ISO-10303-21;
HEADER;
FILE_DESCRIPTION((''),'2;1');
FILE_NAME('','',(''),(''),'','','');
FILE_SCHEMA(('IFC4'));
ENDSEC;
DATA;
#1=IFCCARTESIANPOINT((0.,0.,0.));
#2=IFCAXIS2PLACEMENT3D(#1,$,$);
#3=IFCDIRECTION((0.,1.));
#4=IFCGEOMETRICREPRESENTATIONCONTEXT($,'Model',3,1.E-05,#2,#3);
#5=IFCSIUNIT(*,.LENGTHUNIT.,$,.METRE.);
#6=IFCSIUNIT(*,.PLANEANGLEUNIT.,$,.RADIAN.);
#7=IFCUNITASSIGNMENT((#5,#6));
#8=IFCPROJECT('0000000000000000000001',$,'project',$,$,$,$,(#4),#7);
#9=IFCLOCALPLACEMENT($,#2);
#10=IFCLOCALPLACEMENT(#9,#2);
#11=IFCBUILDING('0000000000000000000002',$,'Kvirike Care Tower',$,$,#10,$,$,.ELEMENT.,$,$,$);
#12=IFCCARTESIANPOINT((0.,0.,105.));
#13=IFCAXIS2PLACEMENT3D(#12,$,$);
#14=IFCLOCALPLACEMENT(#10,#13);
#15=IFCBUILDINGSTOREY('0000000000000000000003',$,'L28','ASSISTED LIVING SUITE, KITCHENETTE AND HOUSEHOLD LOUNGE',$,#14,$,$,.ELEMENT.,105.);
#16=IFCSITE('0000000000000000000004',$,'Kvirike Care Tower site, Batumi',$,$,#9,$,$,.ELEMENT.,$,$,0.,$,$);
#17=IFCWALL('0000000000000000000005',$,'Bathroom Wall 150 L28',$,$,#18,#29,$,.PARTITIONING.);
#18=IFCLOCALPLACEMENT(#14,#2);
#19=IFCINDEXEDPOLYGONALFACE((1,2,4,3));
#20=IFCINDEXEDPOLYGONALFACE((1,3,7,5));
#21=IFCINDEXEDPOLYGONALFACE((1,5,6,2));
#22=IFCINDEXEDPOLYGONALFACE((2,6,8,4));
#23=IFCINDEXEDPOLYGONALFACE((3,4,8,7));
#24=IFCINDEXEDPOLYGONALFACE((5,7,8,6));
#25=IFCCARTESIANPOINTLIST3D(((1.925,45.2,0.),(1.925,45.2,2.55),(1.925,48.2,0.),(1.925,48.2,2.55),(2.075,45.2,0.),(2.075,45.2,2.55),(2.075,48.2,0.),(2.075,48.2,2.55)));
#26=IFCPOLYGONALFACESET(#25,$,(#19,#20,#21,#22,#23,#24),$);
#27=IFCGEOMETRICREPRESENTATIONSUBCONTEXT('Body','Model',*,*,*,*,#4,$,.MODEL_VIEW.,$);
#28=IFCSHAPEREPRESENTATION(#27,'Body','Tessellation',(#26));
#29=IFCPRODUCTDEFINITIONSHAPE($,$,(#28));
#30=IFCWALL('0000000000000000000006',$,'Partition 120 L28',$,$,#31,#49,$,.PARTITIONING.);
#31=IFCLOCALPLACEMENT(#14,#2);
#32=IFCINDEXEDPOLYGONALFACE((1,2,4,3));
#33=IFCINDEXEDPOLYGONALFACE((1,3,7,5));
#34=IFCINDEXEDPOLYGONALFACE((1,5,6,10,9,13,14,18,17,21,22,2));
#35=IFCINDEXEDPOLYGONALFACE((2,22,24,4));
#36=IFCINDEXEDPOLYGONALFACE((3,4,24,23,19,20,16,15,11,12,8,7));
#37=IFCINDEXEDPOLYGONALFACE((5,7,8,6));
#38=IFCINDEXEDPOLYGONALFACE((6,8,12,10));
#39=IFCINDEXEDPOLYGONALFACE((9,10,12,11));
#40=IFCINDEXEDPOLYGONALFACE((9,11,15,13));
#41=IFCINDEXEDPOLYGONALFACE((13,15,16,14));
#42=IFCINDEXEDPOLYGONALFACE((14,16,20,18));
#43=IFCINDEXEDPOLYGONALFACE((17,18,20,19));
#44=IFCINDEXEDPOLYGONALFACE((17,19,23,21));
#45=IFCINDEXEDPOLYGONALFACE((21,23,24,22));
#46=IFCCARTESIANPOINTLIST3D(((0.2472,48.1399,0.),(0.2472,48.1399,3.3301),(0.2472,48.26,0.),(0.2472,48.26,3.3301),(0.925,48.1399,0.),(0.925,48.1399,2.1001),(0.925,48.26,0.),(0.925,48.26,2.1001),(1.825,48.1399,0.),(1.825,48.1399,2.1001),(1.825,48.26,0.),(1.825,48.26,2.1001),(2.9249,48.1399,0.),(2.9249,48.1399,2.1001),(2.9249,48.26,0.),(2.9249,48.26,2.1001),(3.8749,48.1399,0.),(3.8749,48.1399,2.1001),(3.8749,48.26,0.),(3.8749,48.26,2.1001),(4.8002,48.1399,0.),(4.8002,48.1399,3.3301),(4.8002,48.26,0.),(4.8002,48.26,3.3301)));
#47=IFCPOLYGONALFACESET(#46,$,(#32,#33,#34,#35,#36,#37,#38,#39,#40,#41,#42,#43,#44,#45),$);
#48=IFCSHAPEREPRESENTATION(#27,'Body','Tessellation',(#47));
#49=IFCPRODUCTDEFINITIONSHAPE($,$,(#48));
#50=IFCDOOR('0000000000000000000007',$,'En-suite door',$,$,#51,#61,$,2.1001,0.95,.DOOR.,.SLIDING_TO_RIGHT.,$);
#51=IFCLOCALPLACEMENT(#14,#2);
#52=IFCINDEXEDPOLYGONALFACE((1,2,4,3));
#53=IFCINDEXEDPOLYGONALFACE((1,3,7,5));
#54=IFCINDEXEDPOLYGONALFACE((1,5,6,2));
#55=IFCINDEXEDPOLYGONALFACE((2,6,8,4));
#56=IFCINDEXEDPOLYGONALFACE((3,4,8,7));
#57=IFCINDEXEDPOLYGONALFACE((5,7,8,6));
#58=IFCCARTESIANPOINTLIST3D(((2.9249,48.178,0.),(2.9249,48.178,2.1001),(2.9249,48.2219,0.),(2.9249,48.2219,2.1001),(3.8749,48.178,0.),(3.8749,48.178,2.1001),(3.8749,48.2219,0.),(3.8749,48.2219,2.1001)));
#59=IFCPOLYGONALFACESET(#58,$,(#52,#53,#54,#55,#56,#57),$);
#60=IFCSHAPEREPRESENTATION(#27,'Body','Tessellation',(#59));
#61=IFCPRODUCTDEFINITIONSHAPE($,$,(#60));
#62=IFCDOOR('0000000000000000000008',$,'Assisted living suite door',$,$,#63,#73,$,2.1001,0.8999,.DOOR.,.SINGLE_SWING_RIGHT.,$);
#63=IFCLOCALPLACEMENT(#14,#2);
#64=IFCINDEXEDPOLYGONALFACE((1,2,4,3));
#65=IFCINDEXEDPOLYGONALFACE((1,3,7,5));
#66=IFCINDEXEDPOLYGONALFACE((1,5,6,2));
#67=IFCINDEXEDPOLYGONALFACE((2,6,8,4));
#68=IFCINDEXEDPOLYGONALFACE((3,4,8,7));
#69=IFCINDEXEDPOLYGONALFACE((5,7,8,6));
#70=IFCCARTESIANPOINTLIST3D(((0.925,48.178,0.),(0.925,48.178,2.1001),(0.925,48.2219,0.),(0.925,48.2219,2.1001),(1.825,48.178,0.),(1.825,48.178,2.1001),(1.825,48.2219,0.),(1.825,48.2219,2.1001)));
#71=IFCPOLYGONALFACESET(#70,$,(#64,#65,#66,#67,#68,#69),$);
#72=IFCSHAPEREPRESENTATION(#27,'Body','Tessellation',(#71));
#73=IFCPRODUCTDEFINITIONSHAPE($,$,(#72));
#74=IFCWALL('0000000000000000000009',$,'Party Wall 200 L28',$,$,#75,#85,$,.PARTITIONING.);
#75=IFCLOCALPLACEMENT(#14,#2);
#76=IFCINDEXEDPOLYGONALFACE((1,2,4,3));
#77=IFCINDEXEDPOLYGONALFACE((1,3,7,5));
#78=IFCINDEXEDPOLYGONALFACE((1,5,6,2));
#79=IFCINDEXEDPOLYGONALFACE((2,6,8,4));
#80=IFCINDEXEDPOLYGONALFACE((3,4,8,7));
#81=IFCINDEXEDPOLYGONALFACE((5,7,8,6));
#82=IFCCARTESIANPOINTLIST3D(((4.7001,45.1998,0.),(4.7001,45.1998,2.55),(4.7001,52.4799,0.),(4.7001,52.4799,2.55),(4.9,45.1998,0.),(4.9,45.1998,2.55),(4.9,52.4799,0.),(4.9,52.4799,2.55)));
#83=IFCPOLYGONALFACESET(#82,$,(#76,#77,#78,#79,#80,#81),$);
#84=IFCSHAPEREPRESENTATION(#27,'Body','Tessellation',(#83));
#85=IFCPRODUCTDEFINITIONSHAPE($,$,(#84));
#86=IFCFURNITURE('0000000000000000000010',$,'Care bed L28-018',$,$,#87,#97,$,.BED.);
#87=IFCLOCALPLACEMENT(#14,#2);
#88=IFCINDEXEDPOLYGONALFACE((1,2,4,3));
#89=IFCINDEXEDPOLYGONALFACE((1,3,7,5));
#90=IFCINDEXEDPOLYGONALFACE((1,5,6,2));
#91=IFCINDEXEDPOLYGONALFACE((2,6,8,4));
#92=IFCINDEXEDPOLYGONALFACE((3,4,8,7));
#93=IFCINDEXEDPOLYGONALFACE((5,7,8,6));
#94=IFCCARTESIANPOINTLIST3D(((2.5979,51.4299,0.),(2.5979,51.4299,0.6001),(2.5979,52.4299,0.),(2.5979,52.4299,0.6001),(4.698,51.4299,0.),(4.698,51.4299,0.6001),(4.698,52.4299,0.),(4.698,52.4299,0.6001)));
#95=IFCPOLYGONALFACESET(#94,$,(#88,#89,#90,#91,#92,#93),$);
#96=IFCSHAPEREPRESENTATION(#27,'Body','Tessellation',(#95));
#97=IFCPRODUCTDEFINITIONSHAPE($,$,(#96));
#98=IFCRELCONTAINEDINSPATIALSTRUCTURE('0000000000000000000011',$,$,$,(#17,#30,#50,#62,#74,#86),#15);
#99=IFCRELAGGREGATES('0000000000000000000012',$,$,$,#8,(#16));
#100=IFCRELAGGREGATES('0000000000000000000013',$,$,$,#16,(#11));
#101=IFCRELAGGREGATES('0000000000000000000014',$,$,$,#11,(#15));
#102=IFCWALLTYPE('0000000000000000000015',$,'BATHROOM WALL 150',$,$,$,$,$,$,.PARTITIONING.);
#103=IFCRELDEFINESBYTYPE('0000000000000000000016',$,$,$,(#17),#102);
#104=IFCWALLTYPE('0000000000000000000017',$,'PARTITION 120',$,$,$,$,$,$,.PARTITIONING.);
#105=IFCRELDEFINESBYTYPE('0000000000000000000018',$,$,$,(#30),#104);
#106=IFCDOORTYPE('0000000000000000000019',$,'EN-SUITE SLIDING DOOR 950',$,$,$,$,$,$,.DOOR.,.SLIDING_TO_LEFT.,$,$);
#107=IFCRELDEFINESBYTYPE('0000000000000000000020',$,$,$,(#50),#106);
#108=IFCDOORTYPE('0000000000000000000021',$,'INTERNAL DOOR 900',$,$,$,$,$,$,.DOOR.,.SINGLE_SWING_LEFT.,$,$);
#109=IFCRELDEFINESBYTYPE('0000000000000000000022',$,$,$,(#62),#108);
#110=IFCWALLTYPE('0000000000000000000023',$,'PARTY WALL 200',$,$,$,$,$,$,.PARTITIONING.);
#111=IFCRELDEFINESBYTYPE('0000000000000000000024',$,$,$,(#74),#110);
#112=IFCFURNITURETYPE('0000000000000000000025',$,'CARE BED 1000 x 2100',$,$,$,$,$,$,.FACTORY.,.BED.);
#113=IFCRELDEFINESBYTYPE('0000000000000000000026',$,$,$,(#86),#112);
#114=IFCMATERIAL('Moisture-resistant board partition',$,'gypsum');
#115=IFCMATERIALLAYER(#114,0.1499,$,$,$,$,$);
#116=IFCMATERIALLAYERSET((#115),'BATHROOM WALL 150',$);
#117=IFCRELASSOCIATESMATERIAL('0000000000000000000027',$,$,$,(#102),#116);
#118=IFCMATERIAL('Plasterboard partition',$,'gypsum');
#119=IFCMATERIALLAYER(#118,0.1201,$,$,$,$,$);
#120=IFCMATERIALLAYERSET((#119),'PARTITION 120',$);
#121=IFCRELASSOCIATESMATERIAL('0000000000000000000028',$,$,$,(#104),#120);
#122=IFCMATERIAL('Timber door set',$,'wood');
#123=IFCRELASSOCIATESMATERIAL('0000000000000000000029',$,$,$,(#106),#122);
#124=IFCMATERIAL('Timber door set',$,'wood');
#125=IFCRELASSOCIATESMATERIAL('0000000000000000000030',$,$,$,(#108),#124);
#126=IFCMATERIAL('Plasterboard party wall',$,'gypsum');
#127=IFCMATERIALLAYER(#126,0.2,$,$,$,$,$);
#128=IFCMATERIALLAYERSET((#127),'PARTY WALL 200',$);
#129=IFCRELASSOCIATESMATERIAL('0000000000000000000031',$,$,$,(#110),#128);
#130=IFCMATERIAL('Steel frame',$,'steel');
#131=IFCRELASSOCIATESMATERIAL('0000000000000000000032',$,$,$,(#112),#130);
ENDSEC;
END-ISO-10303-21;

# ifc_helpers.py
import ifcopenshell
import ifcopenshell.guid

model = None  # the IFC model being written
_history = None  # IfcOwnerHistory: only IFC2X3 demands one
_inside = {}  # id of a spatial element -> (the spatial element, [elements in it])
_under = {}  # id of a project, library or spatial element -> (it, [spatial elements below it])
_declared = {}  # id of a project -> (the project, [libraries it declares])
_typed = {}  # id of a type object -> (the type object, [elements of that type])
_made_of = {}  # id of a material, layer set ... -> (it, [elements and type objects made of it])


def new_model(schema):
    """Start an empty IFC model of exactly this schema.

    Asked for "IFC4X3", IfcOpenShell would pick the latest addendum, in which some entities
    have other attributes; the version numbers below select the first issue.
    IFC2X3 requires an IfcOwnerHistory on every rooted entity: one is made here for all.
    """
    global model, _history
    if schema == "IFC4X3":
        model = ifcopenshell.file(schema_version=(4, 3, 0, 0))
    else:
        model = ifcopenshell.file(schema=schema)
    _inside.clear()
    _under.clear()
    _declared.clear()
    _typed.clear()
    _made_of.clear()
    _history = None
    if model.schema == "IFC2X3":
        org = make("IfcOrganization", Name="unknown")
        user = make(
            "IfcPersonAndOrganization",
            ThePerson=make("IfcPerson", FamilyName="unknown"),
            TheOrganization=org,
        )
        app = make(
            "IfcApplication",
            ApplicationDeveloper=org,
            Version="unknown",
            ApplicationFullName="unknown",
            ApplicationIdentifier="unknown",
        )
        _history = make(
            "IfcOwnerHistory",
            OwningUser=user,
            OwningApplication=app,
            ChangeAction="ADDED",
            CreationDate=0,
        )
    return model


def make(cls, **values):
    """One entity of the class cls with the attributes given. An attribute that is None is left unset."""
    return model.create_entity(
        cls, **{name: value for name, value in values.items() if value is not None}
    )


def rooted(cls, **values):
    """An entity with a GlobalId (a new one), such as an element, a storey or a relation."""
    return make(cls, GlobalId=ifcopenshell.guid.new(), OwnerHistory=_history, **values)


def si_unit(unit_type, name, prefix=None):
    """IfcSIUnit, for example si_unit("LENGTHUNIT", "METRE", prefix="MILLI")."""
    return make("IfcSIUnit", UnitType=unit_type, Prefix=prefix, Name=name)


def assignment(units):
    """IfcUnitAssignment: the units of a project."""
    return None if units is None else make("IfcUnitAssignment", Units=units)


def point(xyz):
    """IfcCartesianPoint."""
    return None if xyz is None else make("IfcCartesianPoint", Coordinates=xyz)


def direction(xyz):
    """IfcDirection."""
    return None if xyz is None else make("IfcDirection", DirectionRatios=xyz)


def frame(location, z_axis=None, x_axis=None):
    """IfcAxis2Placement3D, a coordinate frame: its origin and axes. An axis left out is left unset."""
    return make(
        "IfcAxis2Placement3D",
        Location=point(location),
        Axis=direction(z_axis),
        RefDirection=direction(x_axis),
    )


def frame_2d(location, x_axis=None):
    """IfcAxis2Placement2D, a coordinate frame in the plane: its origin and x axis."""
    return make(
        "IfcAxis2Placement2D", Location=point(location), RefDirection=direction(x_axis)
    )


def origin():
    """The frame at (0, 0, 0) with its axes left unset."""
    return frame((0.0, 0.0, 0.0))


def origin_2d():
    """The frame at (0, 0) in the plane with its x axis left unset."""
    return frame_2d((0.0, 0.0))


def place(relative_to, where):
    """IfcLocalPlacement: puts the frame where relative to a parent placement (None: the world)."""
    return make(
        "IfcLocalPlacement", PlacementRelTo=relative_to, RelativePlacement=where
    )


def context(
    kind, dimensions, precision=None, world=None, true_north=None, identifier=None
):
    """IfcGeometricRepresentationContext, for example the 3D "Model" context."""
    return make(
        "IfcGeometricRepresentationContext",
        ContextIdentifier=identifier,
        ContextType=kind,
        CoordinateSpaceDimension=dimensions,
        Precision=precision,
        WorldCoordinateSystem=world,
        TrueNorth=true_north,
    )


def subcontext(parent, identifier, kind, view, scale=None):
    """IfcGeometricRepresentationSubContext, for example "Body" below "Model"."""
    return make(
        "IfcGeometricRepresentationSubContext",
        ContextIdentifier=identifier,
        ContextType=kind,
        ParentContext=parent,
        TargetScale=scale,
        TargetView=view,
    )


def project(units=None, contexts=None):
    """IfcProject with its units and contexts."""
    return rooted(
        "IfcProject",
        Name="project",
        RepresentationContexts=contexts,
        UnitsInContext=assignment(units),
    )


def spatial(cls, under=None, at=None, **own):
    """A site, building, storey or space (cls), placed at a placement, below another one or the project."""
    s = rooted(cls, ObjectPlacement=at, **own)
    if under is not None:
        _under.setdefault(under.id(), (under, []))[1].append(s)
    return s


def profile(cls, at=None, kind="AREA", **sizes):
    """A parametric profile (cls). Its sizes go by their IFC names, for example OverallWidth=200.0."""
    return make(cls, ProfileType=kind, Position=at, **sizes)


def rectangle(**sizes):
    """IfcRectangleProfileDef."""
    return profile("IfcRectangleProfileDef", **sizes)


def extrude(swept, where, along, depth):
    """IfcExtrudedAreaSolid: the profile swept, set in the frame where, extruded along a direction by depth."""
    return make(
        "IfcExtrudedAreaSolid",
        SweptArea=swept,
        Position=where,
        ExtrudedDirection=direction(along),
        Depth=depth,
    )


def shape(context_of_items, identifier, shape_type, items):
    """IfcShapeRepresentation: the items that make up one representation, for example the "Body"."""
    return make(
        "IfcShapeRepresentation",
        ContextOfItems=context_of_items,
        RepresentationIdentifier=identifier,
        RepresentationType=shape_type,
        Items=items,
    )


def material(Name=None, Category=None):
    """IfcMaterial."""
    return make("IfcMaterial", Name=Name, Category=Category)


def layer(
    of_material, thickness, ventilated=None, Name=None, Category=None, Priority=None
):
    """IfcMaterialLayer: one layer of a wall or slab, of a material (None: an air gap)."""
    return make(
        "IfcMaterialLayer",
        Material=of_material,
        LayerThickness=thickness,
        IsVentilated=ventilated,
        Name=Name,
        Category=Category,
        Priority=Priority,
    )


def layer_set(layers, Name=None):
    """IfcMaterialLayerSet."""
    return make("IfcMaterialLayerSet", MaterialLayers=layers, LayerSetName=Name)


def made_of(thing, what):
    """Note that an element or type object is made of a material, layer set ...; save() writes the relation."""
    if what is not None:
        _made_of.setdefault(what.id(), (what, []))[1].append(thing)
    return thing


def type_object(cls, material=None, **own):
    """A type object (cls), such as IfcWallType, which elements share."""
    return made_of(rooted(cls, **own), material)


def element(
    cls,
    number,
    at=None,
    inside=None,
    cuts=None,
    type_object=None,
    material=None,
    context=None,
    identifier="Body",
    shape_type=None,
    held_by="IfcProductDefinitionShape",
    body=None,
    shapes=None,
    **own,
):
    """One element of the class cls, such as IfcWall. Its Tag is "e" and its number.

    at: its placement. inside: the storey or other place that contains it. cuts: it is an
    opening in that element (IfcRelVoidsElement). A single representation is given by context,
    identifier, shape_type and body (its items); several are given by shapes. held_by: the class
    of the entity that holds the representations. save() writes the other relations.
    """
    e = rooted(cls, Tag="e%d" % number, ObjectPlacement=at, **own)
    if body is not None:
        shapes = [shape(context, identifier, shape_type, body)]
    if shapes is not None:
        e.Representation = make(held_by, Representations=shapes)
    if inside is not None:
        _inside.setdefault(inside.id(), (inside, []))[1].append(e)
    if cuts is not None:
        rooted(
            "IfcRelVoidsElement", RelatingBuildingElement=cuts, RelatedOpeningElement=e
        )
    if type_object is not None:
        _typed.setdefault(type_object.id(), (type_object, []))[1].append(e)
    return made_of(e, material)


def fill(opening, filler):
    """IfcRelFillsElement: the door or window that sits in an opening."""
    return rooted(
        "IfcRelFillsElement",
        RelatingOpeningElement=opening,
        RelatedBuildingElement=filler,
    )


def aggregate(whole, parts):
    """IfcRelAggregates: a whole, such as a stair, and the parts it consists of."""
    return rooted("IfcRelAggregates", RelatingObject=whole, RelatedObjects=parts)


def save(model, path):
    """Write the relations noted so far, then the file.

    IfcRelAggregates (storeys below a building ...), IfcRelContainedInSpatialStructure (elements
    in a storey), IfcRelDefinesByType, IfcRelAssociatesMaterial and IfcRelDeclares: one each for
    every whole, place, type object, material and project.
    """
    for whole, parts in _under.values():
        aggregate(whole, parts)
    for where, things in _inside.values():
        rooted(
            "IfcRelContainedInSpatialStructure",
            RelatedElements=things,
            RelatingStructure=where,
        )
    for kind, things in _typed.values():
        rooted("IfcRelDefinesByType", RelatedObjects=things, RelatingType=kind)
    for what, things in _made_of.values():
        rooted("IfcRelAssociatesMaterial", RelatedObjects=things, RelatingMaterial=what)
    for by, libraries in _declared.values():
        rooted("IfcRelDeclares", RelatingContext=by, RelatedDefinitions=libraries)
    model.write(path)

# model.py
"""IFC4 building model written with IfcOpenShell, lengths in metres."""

from ifc_helpers import new_model, si_unit, direction, frame, frame_2d, origin, origin_2d, place, context, subcontext, project, spatial, rectangle, extrude, material, layer, layer_set, type_object, element, fill, save


model = new_model("IFC4")

# Units and contexts
model_context = context("Model", 3, precision=1e-05, world=origin(), true_north=direction((0.0, 1.0)))
body_context = subcontext(model_context, "Body", "Model", "MODEL_VIEW")
ifc_project = project(units=[si_unit("LENGTHUNIT", "METRE"), si_unit("PLANEANGLEUNIT", "RADIAN")], contexts=[model_context])

# Site, building, storey
site_placement = place(None, origin())
site = spatial("IfcSite", under=ifc_project, at=site_placement, Name="Kvirike Care Tower site, Batumi", CompositionType="ELEMENT", RefElevation=0.0)
building_placement = place(site_placement, origin())
building = spatial("IfcBuilding", under=site, at=building_placement, Name="Kvirike Care Tower", CompositionType="ELEMENT")
storey_placement = place(building_placement, frame((0.0, 0.0, 105.0)))
storey = spatial("IfcBuildingStorey", under=building, at=storey_placement, Name="L28", Description="ASSISTED LIVING SUITE, KITCHENETTE AND HOUSEHOLD LOUNGE", CompositionType="ELEMENT", Elevation=105.0)

# Wall
ifc_material_1 = material(Name="Moisture-resistant board partition", Category="gypsum")
ifc_layer_1 = layer(ifc_material_1, 0.1499)
ifc_layer_set_1 = layer_set([ifc_layer_1], Name="BATHROOM WALL 150")
wall_type_1 = type_object("IfcWallType", Name="BATHROOM WALL 150", PredefinedType="PARTITIONING", material=ifc_layer_set_1)
wall_1_placement = place(storey_placement, frame((2.0, 48.2, 0.0), z_axis=(0.0, 0.0, 1.0), x_axis=(0.0, -1.0, 0.0)))
element("IfcWall", 1, at=wall_1_placement, inside=storey, type_object=wall_type_1, Name="Bathroom Wall 150 L28", PredefinedType="PARTITIONING", context=body_context, shape_type="SweptSolid", body=[
    extrude(rectangle(XDim=3.0, YDim=0.1499, at=frame_2d((1.5, 0.0))), origin(), (0.0, 0.0, 1.0), 2.55),
])

# Wall, openings, doors
ifc_material_2 = material(Name="Plasterboard partition", Category="gypsum")
ifc_layer_2 = layer(ifc_material_2, 0.1201)
ifc_layer_set_2 = layer_set([ifc_layer_2], Name="PARTITION 120")
wall_type_2 = type_object("IfcWallType", Name="PARTITION 120", PredefinedType="PARTITIONING", material=ifc_layer_set_2)
wall_2_placement = place(storey_placement, frame((4.8, 48.2, 0.0), z_axis=(0.0, 0.0, 1.0), x_axis=(-1.0, 0.0, 0.0)))
wall_2 = element("IfcWall", 2, at=wall_2_placement, inside=storey, type_object=wall_type_2, Name="Partition 120 L28", PredefinedType="PARTITIONING", context=body_context, shape_type="SweptSolid", body=[
    extrude(rectangle(XDim=4.553, YDim=0.1201, at=frame_2d((2.2764, 0.0))), origin(), (0.0, 0.0, 1.0), 3.3301),
])
opening_1_placement = place(wall_2_placement, frame((2.9751, 0.0, 0.0)))
opening_1 = element("IfcOpeningElement", 3, at=opening_1_placement, cuts=wall_2, PredefinedType="OPENING", context=body_context, shape_type="SweptSolid", body=[
    extrude(rectangle(XDim=0.8999, YDim=2.1001, at=frame_2d((0.45, 1.05))), frame((0.0, 0.0706, 0.0), z_axis=(0.0, -1.0, 0.0), x_axis=(1.0, 0.0, 0.0)), (0.0, 0.0, 1.0), 0.1411),
])
opening_2_placement = place(wall_2_placement, frame((0.925, 0.0, 0.0)))
opening_2 = element("IfcOpeningElement", 4, at=opening_2_placement, cuts=wall_2, PredefinedType="OPENING", context=body_context, shape_type="SweptSolid", body=[
    extrude(rectangle(XDim=0.95, YDim=2.1001, at=frame_2d((0.4751, 1.05))), frame((0.0, 0.0706, 0.0), z_axis=(0.0, -1.0, 0.0), x_axis=(1.0, 0.0, 0.0)), (0.0, 0.0, 1.0), 0.1411),
])
ifc_material_3 = material(Name="Timber door set", Category="wood")
door_type_1 = type_object("IfcDoorType", Name="EN-SUITE SLIDING DOOR 950", OperationType="SLIDING_TO_LEFT", PredefinedType="DOOR", material=ifc_material_3)
door_1_placement = place(opening_2_placement, origin())
door_1 = element("IfcDoor", 5, at=door_1_placement, inside=storey, type_object=door_type_1, Name="En-suite door", OperationType="SLIDING_TO_RIGHT", OverallHeight=2.1001, OverallWidth=0.95, PredefinedType="DOOR", context=body_context, shape_type="SweptSolid", body=[
    extrude(rectangle(XDim=0.95, YDim=2.1001, at=frame_2d((0.4751, 1.05))), frame((0.0, 0.022, 0.0), z_axis=(0.0, -1.0, 0.0), x_axis=(1.0, 0.0, 0.0)), (0.0, 0.0, 1.0), 0.0439),
])
fill(opening_2, door_1)
ifc_material_4 = material(Name="Timber door set", Category="wood")
door_type_2 = type_object("IfcDoorType", Name="INTERNAL DOOR 900", OperationType="SINGLE_SWING_LEFT", PredefinedType="DOOR", material=ifc_material_4)
door_2_placement = place(opening_1_placement, origin())
door_2 = element("IfcDoor", 6, at=door_2_placement, inside=storey, type_object=door_type_2, Name="Assisted living suite door", OperationType="SINGLE_SWING_RIGHT", OverallHeight=2.1001, OverallWidth=0.8999, PredefinedType="DOOR", context=body_context, shape_type="SweptSolid", body=[
    extrude(rectangle(XDim=0.8999, YDim=2.1001, at=frame_2d((0.45, 1.05))), frame((0.0, 0.022, 0.0), z_axis=(0.0, -1.0, 0.0), x_axis=(1.0, 0.0, 0.0)), (0.0, 0.0, 1.0), 0.0439),
])
fill(opening_1, door_2)

# Wall
ifc_material_5 = material(Name="Plasterboard party wall", Category="gypsum")
ifc_layer_3 = layer(ifc_material_5, 0.2)
ifc_layer_set_3 = layer_set([ifc_layer_3], Name="PARTY WALL 200")
wall_type_3 = type_object("IfcWallType", Name="PARTY WALL 200", PredefinedType="PARTITIONING", material=ifc_layer_set_3)
wall_3_placement = place(storey_placement, frame((4.8, 52.48, 0.0), z_axis=(0.0, 0.0, 1.0), x_axis=(0.0, -1.0, 0.0)))
element("IfcWall", 7, at=wall_3_placement, inside=storey, type_object=wall_type_3, Name="Party Wall 200 L28", PredefinedType="PARTITIONING", context=body_context, shape_type="SweptSolid", body=[
    extrude(rectangle(XDim=7.28, YDim=0.2, at=frame_2d((3.6401, 0.0))), origin(), (0.0, 0.0, 1.0), 2.55),
])

# Furniture
ifc_material_6 = material(Name="Steel frame", Category="steel")
furniture_type = type_object("IfcFurnitureType", Name="CARE BED 1000 x 2100", AssemblyPlace="FACTORY", PredefinedType="BED", material=ifc_material_6)
furniture_placement = place(storey_placement, frame((3.6479, 51.9299, 0.0), z_axis=(0.0, 0.0, 1.0), x_axis=(0.0, -1.0, 0.0)))
element("IfcFurniture", 8, at=furniture_placement, inside=storey, type_object=furniture_type, Name="Care bed L28-018", PredefinedType="BED", context=body_context, shape_type="SweptSolid", body=[
    extrude(rectangle(XDim=1.0, YDim=2.1001, at=origin_2d()), origin(), (0.0, 0.0, 1.0), 0.6001),
])

save(model, "model.ifc")
